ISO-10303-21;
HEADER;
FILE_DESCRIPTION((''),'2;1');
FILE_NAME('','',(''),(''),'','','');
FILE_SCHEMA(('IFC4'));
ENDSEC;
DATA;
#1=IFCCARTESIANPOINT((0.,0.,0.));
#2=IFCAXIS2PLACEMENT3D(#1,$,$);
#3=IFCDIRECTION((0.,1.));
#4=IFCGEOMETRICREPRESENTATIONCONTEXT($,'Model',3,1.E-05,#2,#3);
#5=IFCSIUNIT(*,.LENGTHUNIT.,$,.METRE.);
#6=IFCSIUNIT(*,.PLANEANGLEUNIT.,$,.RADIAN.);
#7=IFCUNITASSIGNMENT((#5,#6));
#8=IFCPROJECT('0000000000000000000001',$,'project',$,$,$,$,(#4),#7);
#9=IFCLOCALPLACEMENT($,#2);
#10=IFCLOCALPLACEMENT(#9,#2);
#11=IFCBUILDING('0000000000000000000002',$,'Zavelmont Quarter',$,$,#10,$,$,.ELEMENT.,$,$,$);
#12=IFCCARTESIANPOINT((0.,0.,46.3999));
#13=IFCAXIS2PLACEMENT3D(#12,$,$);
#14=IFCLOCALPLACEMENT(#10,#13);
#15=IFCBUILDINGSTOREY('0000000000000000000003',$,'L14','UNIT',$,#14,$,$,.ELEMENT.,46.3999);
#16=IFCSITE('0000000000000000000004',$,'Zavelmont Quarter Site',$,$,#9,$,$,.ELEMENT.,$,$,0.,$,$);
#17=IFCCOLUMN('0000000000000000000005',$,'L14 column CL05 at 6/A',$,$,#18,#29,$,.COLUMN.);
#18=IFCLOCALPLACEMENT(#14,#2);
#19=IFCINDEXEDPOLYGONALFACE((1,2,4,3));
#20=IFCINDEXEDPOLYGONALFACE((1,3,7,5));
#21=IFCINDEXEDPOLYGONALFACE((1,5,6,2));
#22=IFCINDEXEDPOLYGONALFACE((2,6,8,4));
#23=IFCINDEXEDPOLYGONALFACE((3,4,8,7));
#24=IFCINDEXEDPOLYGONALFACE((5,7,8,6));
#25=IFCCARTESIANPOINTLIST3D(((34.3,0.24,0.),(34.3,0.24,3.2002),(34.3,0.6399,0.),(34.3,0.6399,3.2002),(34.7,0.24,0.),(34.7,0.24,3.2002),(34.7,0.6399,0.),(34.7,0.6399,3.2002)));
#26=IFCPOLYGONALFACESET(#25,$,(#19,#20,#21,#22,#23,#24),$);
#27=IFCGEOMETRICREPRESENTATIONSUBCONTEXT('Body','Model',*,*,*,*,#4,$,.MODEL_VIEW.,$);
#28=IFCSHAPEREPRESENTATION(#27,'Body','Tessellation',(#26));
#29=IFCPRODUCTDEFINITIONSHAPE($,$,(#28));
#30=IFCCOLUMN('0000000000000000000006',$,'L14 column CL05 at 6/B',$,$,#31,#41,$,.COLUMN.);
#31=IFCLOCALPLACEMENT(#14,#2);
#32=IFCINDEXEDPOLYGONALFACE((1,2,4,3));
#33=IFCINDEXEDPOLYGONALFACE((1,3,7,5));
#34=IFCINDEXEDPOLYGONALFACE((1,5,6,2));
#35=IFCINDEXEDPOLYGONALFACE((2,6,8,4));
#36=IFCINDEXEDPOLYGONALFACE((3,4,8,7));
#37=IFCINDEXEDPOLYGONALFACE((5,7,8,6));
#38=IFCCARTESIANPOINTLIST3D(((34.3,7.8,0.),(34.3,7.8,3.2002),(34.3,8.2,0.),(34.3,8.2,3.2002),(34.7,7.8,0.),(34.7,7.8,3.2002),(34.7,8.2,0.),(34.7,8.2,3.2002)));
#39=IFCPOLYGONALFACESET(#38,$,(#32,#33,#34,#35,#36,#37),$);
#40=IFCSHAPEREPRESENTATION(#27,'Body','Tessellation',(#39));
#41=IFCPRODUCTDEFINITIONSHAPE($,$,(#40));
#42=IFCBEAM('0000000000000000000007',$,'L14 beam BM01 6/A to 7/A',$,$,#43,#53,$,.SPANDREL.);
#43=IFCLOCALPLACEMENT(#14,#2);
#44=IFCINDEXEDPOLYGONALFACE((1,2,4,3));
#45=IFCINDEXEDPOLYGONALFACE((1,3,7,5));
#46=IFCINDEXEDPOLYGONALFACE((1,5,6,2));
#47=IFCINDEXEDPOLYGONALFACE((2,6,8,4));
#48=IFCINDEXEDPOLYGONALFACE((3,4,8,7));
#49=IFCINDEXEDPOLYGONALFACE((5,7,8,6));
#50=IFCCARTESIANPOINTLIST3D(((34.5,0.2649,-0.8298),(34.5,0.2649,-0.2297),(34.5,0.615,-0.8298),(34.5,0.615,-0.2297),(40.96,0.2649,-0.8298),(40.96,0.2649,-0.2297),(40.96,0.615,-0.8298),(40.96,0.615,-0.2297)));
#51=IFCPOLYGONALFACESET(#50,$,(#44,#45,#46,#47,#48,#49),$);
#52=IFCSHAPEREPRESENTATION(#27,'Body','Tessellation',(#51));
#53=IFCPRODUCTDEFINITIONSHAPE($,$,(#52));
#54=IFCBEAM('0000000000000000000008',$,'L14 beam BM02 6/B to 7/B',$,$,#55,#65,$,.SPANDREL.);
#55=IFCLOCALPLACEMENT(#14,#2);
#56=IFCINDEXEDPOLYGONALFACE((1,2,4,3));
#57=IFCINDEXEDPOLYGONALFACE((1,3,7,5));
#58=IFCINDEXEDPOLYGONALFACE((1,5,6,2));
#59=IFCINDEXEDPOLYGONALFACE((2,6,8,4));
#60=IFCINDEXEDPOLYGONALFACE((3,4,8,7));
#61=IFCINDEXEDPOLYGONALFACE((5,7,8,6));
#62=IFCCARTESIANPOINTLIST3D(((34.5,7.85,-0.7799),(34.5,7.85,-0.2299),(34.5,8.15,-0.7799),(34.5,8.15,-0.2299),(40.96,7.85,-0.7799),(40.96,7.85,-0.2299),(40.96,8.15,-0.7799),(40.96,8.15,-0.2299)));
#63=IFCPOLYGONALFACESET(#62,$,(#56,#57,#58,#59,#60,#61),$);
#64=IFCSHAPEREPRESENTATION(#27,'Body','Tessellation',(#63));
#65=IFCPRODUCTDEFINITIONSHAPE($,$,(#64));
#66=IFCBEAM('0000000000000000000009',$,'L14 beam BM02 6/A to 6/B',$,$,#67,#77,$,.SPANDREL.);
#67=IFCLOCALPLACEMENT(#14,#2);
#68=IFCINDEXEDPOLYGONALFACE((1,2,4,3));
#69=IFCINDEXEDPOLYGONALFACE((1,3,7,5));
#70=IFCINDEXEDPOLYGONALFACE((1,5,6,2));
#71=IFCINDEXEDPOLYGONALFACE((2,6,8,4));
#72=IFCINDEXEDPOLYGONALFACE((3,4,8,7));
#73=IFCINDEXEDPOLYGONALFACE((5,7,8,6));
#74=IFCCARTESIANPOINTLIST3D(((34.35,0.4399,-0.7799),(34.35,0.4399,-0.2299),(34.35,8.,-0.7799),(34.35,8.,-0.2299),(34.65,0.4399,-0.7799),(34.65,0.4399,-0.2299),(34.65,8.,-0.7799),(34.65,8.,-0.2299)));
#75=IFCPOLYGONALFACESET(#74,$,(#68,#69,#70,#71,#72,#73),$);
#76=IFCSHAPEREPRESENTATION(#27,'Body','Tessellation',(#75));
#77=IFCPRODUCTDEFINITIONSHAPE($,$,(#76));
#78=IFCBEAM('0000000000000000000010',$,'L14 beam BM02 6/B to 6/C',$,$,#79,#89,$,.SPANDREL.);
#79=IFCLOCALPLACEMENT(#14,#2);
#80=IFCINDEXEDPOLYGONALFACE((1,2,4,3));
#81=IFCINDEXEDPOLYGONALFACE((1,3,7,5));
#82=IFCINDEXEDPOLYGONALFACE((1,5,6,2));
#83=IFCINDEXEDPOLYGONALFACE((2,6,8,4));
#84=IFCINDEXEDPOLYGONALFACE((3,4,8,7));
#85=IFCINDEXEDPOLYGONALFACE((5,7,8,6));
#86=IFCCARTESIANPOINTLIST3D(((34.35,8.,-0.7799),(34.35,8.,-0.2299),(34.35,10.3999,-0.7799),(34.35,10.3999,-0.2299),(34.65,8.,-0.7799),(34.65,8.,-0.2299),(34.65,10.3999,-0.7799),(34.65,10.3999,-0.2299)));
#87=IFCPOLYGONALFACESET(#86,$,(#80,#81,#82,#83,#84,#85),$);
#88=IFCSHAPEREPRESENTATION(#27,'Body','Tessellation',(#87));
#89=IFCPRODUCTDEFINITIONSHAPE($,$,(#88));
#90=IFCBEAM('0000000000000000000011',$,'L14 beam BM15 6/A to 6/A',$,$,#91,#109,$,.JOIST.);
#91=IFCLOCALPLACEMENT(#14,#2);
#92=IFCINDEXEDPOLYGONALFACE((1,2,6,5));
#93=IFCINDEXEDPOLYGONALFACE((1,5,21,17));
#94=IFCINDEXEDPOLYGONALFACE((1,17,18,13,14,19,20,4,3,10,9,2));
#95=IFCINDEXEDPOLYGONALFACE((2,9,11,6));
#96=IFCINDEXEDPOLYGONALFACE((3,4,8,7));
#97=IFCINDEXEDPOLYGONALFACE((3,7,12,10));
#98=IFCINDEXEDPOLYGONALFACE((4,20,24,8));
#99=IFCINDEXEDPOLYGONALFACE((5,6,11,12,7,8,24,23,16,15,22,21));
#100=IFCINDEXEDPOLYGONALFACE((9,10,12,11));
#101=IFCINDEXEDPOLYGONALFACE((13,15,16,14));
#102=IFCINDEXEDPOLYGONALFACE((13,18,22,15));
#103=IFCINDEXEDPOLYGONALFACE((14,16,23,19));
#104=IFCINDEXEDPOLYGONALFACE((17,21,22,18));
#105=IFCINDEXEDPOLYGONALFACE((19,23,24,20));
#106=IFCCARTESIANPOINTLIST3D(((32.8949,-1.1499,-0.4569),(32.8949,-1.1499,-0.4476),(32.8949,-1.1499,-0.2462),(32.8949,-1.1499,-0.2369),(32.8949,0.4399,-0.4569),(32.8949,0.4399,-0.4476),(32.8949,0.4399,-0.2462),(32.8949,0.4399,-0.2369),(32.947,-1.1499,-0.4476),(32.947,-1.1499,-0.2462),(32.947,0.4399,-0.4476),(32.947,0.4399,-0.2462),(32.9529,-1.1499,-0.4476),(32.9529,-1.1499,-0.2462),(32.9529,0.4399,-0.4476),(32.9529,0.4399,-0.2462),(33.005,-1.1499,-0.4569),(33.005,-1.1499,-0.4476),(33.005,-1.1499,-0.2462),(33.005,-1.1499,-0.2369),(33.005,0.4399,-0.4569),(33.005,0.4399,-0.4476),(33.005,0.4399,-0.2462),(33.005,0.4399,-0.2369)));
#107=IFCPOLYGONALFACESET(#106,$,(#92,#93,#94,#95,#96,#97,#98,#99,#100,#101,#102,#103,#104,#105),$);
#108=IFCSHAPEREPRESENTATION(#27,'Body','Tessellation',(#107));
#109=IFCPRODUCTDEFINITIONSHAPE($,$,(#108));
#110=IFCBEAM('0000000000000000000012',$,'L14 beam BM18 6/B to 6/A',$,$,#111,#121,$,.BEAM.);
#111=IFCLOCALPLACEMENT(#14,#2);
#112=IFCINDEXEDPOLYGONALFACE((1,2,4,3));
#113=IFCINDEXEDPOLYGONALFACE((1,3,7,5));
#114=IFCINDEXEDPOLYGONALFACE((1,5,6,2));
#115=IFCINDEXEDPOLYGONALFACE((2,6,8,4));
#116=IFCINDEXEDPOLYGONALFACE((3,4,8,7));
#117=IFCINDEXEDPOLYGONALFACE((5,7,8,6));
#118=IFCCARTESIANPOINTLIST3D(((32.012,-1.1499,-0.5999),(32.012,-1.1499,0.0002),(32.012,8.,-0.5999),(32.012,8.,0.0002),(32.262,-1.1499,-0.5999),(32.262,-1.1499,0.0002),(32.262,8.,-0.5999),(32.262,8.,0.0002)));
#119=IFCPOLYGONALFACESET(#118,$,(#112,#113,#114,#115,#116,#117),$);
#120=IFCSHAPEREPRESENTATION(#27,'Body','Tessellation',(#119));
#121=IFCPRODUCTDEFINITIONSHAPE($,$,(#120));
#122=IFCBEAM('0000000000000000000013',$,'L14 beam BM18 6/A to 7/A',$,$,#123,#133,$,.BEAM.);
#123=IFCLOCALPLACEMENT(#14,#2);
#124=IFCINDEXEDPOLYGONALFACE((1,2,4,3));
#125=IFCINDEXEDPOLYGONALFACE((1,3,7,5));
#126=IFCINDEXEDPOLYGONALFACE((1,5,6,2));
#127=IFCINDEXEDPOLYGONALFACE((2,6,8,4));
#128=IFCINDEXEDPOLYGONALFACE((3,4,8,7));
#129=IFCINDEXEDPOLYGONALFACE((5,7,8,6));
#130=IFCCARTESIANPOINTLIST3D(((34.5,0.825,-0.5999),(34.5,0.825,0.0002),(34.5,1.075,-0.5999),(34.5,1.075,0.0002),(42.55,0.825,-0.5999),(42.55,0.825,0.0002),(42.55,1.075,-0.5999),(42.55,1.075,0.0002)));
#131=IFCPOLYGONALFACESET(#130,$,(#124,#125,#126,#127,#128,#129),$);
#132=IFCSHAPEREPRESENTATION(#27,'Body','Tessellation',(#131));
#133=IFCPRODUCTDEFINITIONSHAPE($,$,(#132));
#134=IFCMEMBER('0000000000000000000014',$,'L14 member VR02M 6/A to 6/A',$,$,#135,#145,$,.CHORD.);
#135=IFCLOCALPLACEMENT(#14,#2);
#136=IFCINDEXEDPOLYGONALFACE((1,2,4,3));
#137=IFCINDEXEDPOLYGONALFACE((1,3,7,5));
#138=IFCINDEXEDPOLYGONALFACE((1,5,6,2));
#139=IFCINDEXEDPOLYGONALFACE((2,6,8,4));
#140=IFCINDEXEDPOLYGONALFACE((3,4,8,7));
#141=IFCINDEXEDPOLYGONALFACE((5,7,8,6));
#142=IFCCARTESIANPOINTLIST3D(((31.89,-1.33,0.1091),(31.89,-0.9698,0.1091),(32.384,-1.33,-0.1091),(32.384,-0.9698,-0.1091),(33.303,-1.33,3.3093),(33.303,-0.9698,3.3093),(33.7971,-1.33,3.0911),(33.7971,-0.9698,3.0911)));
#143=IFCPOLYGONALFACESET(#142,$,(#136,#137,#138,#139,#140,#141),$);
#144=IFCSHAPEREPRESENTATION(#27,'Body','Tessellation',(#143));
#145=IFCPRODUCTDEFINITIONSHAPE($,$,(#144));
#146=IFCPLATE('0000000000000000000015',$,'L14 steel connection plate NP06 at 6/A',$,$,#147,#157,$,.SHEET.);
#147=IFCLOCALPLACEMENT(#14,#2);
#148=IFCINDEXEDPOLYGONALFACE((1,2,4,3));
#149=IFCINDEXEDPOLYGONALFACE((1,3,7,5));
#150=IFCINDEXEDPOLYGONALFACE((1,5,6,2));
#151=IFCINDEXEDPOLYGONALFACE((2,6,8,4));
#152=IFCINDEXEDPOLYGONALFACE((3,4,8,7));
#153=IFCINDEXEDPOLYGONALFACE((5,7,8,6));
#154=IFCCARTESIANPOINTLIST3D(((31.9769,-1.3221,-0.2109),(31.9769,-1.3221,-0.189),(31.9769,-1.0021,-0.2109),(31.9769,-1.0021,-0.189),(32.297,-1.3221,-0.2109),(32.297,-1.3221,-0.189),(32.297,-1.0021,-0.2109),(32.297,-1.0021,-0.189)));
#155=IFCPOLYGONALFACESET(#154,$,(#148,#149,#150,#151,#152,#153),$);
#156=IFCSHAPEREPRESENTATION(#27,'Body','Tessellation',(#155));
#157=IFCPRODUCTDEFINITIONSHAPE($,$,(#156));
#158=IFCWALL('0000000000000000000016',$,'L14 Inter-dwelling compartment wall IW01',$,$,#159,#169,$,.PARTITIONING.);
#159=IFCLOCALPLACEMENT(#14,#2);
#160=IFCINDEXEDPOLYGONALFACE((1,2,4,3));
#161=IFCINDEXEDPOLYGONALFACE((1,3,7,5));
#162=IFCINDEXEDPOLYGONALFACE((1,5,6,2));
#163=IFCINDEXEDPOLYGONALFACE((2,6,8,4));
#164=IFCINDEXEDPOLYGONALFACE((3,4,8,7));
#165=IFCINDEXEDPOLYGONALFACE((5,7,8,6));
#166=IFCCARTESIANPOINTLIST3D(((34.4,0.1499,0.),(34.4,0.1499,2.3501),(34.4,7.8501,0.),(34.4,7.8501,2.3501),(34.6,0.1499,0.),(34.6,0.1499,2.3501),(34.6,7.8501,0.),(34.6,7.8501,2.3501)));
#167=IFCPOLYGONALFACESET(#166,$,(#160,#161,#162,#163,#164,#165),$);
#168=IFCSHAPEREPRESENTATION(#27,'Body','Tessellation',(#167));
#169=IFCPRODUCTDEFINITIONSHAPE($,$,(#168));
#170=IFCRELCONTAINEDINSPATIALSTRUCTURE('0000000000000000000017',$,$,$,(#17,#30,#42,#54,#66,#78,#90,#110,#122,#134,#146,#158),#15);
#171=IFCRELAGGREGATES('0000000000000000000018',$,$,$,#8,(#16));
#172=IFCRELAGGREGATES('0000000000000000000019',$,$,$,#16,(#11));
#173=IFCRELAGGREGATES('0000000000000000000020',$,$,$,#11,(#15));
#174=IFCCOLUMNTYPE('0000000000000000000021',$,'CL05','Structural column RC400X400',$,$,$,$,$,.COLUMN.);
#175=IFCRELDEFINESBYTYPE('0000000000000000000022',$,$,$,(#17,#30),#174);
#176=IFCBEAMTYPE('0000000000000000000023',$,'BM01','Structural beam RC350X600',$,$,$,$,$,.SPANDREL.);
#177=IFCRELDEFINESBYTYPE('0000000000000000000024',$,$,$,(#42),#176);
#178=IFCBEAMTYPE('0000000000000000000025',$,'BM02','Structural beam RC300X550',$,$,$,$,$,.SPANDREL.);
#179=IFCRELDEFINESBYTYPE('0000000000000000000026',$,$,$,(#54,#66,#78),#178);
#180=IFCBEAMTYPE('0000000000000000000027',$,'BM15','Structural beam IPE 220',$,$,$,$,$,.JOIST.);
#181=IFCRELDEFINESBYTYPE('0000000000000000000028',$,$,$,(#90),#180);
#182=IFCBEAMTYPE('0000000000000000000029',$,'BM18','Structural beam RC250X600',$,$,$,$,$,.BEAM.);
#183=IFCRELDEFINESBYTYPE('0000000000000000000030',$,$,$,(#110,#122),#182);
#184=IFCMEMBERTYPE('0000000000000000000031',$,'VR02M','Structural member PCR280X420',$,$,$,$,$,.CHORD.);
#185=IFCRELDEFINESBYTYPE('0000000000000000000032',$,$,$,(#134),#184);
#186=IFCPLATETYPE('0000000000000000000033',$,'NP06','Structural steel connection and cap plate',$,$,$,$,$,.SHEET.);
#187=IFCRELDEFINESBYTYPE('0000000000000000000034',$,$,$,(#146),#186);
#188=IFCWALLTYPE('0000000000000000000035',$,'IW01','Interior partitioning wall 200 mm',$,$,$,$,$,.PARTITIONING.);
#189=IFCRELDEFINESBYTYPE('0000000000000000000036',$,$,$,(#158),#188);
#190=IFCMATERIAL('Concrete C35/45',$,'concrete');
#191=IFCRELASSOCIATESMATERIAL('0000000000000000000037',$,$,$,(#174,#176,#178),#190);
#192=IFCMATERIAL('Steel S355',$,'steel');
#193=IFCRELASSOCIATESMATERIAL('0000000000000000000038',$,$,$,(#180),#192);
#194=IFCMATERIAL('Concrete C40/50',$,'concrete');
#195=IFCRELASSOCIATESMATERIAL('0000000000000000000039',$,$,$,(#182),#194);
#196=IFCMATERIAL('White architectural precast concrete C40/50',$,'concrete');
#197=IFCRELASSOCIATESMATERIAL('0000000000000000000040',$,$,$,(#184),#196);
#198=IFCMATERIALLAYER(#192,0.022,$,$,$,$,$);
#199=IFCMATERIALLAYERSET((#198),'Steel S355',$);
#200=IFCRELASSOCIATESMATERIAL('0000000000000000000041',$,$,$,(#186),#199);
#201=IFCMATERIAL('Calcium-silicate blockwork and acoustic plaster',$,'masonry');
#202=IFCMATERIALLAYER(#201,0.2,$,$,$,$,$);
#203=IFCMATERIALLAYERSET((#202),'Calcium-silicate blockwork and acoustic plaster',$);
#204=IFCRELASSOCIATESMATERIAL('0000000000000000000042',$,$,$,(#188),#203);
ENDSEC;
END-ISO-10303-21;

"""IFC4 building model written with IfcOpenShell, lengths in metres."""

from ifc_helpers import new_model, si_unit, direction, frame, frame_2d, origin, origin_2d, place, context, subcontext, project, spatial, rectangle, i_section, extrude, material, layer, layer_set, material_profile, profile_set, type_object, element, save


model = new_model("IFC4")

# Units and contexts
model_context = context("Model", 3, precision=1e-05, world=origin(), true_north=direction((0.0, 1.0)))
body_context = subcontext(model_context, "Body", "Model", "MODEL_VIEW")
ifc_project = project(units=[si_unit("LENGTHUNIT", "METRE"), si_unit("PLANEANGLEUNIT", "RADIAN")], contexts=[model_context])

# Site, building, storey
site_placement = place(None, origin())
site = spatial("IfcSite", under=ifc_project, at=site_placement, Name="Zavelmont Quarter Site", CompositionType="ELEMENT", RefElevation=0.0)
building_placement = place(site_placement, origin())
building = spatial("IfcBuilding", under=site, at=building_placement, Name="Zavelmont Quarter", CompositionType="ELEMENT")
storey_placement = place(building_placement, frame((0.0, 0.0, 46.3999)))
storey = spatial("IfcBuildingStorey", under=building, at=storey_placement, Name="L14", Description="UNIT", CompositionType="ELEMENT", Elevation=46.3999)

# Columns
ifc_material_1 = material(Name="Concrete C35/45", Category="concrete")
ifc_material_profile_1 = material_profile(ifc_material_1, rectangle(XDim=0.3999, YDim=0.3999, at=origin_2d()), Name="RC400X400")
ifc_profile_set_1 = profile_set([ifc_material_profile_1], Name="Concrete C35/45")
column_type = type_object("IfcColumnType", Name="CL05", Description="Structural column RC400X400", PredefinedType="COLUMN", material=ifc_profile_set_1)
for number, where, z_axis, x_axis, name in (
    (1, (34.5, 0.4399, 0.0), (0.0, 0.0, 1.0), (1.0, 0.0, 0.0), "L14 column CL05 at 6/A"),
    (2, (34.5, 8.0, 0.0), (0.0, 0.0, 1.0), (1.0, 0.0, 0.0), "L14 column CL05 at 6/B"),
):
    element("IfcColumn", number, at=place(storey_placement, frame(where, z_axis=z_axis, x_axis=x_axis)), inside=storey, type_object=column_type, Name=name, PredefinedType="COLUMN", context=body_context, shape_type="SweptSolid", body=[
        extrude(rectangle(XDim=0.3999, YDim=0.3999, at=origin_2d()), origin(), (0.0, 0.0, 1.0), 3.2002),
    ])

# Beams
ifc_material_profile_2 = material_profile(ifc_material_1, rectangle(XDim=0.3501, YDim=0.6001, at=origin_2d()), Name="RC350X600")
ifc_profile_set_2 = profile_set([ifc_material_profile_2], Name="Concrete C35/45")
beam_type_1 = type_object("IfcBeamType", Name="BM01", Description="Structural beam RC350X600", PredefinedType="SPANDREL", material=ifc_profile_set_2)
beam_1_placement = place(storey_placement, frame((34.5, 0.4399, -0.5298), z_axis=(1.0, 0.0, 0.0), x_axis=(0.0, 1.0, 0.0)))
element("IfcBeam", 3, at=beam_1_placement, inside=storey, type_object=beam_type_1, Name="L14 beam BM01 6/A to 7/A", PredefinedType="SPANDREL", context=body_context, shape_type="SweptSolid", body=[
    extrude(rectangle(XDim=0.3501, YDim=0.6001, at=origin_2d()), origin(), (0.0, 0.0, 1.0), 6.46),
])
ifc_material_profile_3 = material_profile(ifc_material_1, rectangle(XDim=0.3, YDim=0.55, at=origin_2d()), Name="RC300X550")
ifc_profile_set_3 = profile_set([ifc_material_profile_3], Name="Concrete C35/45")
beam_type_2 = type_object("IfcBeamType", Name="BM02", Description="Structural beam RC300X550", PredefinedType="SPANDREL", material=ifc_profile_set_3)
beam_2_placement = place(storey_placement, frame((34.5, 8.0, -0.5049), z_axis=(1.0, 0.0, 0.0), x_axis=(0.0, 1.0, 0.0)))
element("IfcBeam", 4, at=beam_2_placement, inside=storey, type_object=beam_type_2, Name="L14 beam BM02 6/B to 7/B", PredefinedType="SPANDREL", context=body_context, shape_type="SweptSolid", body=[
    extrude(rectangle(XDim=0.3, YDim=0.55, at=origin_2d()), origin(), (0.0, 0.0, 1.0), 6.46),
])
beam_3_placement = place(storey_placement, frame((34.5, 0.4399, -0.5049), z_axis=(0.0, 1.0, 0.0), x_axis=(-1.0, 0.0, 0.0)))
element("IfcBeam", 5, at=beam_3_placement, inside=storey, type_object=beam_type_2, Name="L14 beam BM02 6/A to 6/B", PredefinedType="SPANDREL", context=body_context, shape_type="SweptSolid", body=[
    extrude(rectangle(XDim=0.3, YDim=0.55, at=origin_2d()), origin(), (0.0, 0.0, 1.0), 7.5601),
])
beam_4_placement = place(storey_placement, frame((34.5, 8.0, -0.5049), z_axis=(0.0, 1.0, 0.0), x_axis=(-1.0, 0.0, 0.0)))
element("IfcBeam", 6, at=beam_4_placement, inside=storey, type_object=beam_type_2, Name="L14 beam BM02 6/B to 6/C", PredefinedType="SPANDREL", context=body_context, shape_type="SweptSolid", body=[
    extrude(rectangle(XDim=0.3, YDim=0.55, at=origin_2d()), origin(), (0.0, 0.0, 1.0), 2.3999),
])
ifc_material_2 = material(Name="Steel S355", Category="steel")
ifc_material_profile_4 = material_profile(ifc_material_2, i_section(OverallWidth=0.1101, OverallDepth=0.22, WebThickness=0.0059, FlangeThickness=0.0093, at=origin_2d()), Name="IPE 220")
ifc_profile_set_4 = profile_set([ifc_material_profile_4], Name="Steel S355")
beam_type_3 = type_object("IfcBeamType", Name="BM15", Description="Structural beam IPE 220", PredefinedType="JOIST", material=ifc_profile_set_4)
beam_5_placement = place(storey_placement, frame((32.95, 0.4399, -0.3469), z_axis=(0.0, -1.0, 0.0), x_axis=(1.0, 0.0, 0.0)))
element("IfcBeam", 7, at=beam_5_placement, inside=storey, type_object=beam_type_3, Name="L14 beam BM15 6/A to 6/A", PredefinedType="JOIST", context=body_context, shape_type="SweptSolid", body=[
    extrude(i_section(OverallWidth=0.1101, OverallDepth=0.22, WebThickness=0.0059, FlangeThickness=0.0093, at=origin_2d()), origin(), (0.0, 0.0, 1.0), 1.5898),
])
ifc_material_3 = material(Name="Concrete C40/50", Category="concrete")
ifc_material_profile_5 = material_profile(ifc_material_3, rectangle(XDim=0.25, YDim=0.6001, at=origin_2d()), Name="RC250X600")
ifc_profile_set_5 = profile_set([ifc_material_profile_5], Name="Concrete C40/50")
beam_type_4 = type_object("IfcBeamType", Name="BM18", Description="Structural beam RC250X600", PredefinedType="BEAM", material=ifc_profile_set_5)
beam_6_placement = place(storey_placement, frame((32.137, 8.0, -0.2998), z_axis=(0.0, -1.0, 0.0), x_axis=(1.0, 0.0, 0.0)))
element("IfcBeam", 8, at=beam_6_placement, inside=storey, type_object=beam_type_4, Name="L14 beam BM18 6/B to 6/A", PredefinedType="BEAM", context=body_context, shape_type="SweptSolid", body=[
    extrude(rectangle(XDim=0.25, YDim=0.6001, at=origin_2d()), origin(), (0.0, 0.0, 1.0), 9.1499),
])
beam_7_placement = place(storey_placement, frame((34.5, 0.95, -0.2998), z_axis=(1.0, 0.0, 0.0), x_axis=(0.0, 1.0, 0.0)))
element("IfcBeam", 9, at=beam_7_placement, inside=storey, type_object=beam_type_4, Name="L14 beam BM18 6/A to 7/A", PredefinedType="BEAM", context=body_context, shape_type="SweptSolid", body=[
    extrude(rectangle(XDim=0.25, YDim=0.6001, at=origin_2d()), origin(), (0.0, 0.0, 1.0), 8.05),
])

# Member
ifc_material_4 = material(Name="White architectural precast concrete C40/50", Category="concrete")
ifc_material_profile_6 = material_profile(ifc_material_4, rectangle(XDim=0.3601, YDim=0.54, at=origin_2d()), Name="PCR280X420")
ifc_profile_set_6 = profile_set([ifc_material_profile_6], Name="White architectural precast concrete C40/50")
member_type = type_object("IfcMemberType", Name="VR02M", Description="Structural member PCR280X420", PredefinedType="CHORD", material=ifc_profile_set_6)
member_placement = place(storey_placement, frame((32.137, -1.1499, 0.0), z_axis=(0.403936, 0.0, 0.914787), x_axis=(0.0, 1.0, 0.0)))
element("IfcMember", 10, at=member_placement, inside=storey, type_object=member_type, Name="L14 member VR02M 6/A to 6/A", PredefinedType="CHORD", context=body_context, shape_type="SweptSolid", body=[
    extrude(rectangle(XDim=0.3601, YDim=0.54, at=origin_2d()), origin(), (0.0, 0.0, 1.0), 3.4983),
])

# Plate
ifc_layer_1 = layer(ifc_material_2, 0.022)
ifc_layer_set_1 = layer_set([ifc_layer_1], Name="Steel S355")
plate_type = type_object("IfcPlateType", Name="NP06", Description="Structural steel connection and cap plate", PredefinedType="SHEET", material=ifc_layer_set_1)
plate_placement = place(storey_placement, frame((32.137, -1.1621, -0.2109), z_axis=(0.0, 0.0, 1.0), x_axis=(1.0, 0.0, 0.0)))
element("IfcPlate", 11, at=plate_placement, inside=storey, type_object=plate_type, Name="L14 steel connection plate NP06 at 6/A", PredefinedType="SHEET", context=body_context, shape_type="SweptSolid", body=[
    extrude(rectangle(XDim=0.3201, YDim=0.3201, at=origin_2d()), origin(), (0.0, 0.0, 1.0), 0.022),
])

# Wall
ifc_material_5 = material(Name="Calcium-silicate blockwork and acoustic plaster", Category="masonry")
ifc_layer_2 = layer(ifc_material_5, 0.2)
ifc_layer_set_2 = layer_set([ifc_layer_2], Name="Calcium-silicate blockwork and acoustic plaster")
wall_type = type_object("IfcWallType", Name="IW01", Description="Interior partitioning wall 200 mm", PredefinedType="PARTITIONING", material=ifc_layer_set_2)
wall_placement = place(storey_placement, frame((34.5, 7.8501, 0.0), z_axis=(0.0, 0.0, 1.0), x_axis=(0.0, -1.0, 0.0)))
element("IfcWall", 12, at=wall_placement, inside=storey, type_object=wall_type, Name="L14 Inter-dwelling compartment wall IW01", PredefinedType="PARTITIONING", context=body_context, shape_type="SweptSolid", body=[
    extrude(rectangle(XDim=7.7002, YDim=0.2, at=frame_2d((3.8501, 0.0))), origin(), (0.0, 0.0, 1.0), 2.3501),
])

save(model, "model.ifc")
